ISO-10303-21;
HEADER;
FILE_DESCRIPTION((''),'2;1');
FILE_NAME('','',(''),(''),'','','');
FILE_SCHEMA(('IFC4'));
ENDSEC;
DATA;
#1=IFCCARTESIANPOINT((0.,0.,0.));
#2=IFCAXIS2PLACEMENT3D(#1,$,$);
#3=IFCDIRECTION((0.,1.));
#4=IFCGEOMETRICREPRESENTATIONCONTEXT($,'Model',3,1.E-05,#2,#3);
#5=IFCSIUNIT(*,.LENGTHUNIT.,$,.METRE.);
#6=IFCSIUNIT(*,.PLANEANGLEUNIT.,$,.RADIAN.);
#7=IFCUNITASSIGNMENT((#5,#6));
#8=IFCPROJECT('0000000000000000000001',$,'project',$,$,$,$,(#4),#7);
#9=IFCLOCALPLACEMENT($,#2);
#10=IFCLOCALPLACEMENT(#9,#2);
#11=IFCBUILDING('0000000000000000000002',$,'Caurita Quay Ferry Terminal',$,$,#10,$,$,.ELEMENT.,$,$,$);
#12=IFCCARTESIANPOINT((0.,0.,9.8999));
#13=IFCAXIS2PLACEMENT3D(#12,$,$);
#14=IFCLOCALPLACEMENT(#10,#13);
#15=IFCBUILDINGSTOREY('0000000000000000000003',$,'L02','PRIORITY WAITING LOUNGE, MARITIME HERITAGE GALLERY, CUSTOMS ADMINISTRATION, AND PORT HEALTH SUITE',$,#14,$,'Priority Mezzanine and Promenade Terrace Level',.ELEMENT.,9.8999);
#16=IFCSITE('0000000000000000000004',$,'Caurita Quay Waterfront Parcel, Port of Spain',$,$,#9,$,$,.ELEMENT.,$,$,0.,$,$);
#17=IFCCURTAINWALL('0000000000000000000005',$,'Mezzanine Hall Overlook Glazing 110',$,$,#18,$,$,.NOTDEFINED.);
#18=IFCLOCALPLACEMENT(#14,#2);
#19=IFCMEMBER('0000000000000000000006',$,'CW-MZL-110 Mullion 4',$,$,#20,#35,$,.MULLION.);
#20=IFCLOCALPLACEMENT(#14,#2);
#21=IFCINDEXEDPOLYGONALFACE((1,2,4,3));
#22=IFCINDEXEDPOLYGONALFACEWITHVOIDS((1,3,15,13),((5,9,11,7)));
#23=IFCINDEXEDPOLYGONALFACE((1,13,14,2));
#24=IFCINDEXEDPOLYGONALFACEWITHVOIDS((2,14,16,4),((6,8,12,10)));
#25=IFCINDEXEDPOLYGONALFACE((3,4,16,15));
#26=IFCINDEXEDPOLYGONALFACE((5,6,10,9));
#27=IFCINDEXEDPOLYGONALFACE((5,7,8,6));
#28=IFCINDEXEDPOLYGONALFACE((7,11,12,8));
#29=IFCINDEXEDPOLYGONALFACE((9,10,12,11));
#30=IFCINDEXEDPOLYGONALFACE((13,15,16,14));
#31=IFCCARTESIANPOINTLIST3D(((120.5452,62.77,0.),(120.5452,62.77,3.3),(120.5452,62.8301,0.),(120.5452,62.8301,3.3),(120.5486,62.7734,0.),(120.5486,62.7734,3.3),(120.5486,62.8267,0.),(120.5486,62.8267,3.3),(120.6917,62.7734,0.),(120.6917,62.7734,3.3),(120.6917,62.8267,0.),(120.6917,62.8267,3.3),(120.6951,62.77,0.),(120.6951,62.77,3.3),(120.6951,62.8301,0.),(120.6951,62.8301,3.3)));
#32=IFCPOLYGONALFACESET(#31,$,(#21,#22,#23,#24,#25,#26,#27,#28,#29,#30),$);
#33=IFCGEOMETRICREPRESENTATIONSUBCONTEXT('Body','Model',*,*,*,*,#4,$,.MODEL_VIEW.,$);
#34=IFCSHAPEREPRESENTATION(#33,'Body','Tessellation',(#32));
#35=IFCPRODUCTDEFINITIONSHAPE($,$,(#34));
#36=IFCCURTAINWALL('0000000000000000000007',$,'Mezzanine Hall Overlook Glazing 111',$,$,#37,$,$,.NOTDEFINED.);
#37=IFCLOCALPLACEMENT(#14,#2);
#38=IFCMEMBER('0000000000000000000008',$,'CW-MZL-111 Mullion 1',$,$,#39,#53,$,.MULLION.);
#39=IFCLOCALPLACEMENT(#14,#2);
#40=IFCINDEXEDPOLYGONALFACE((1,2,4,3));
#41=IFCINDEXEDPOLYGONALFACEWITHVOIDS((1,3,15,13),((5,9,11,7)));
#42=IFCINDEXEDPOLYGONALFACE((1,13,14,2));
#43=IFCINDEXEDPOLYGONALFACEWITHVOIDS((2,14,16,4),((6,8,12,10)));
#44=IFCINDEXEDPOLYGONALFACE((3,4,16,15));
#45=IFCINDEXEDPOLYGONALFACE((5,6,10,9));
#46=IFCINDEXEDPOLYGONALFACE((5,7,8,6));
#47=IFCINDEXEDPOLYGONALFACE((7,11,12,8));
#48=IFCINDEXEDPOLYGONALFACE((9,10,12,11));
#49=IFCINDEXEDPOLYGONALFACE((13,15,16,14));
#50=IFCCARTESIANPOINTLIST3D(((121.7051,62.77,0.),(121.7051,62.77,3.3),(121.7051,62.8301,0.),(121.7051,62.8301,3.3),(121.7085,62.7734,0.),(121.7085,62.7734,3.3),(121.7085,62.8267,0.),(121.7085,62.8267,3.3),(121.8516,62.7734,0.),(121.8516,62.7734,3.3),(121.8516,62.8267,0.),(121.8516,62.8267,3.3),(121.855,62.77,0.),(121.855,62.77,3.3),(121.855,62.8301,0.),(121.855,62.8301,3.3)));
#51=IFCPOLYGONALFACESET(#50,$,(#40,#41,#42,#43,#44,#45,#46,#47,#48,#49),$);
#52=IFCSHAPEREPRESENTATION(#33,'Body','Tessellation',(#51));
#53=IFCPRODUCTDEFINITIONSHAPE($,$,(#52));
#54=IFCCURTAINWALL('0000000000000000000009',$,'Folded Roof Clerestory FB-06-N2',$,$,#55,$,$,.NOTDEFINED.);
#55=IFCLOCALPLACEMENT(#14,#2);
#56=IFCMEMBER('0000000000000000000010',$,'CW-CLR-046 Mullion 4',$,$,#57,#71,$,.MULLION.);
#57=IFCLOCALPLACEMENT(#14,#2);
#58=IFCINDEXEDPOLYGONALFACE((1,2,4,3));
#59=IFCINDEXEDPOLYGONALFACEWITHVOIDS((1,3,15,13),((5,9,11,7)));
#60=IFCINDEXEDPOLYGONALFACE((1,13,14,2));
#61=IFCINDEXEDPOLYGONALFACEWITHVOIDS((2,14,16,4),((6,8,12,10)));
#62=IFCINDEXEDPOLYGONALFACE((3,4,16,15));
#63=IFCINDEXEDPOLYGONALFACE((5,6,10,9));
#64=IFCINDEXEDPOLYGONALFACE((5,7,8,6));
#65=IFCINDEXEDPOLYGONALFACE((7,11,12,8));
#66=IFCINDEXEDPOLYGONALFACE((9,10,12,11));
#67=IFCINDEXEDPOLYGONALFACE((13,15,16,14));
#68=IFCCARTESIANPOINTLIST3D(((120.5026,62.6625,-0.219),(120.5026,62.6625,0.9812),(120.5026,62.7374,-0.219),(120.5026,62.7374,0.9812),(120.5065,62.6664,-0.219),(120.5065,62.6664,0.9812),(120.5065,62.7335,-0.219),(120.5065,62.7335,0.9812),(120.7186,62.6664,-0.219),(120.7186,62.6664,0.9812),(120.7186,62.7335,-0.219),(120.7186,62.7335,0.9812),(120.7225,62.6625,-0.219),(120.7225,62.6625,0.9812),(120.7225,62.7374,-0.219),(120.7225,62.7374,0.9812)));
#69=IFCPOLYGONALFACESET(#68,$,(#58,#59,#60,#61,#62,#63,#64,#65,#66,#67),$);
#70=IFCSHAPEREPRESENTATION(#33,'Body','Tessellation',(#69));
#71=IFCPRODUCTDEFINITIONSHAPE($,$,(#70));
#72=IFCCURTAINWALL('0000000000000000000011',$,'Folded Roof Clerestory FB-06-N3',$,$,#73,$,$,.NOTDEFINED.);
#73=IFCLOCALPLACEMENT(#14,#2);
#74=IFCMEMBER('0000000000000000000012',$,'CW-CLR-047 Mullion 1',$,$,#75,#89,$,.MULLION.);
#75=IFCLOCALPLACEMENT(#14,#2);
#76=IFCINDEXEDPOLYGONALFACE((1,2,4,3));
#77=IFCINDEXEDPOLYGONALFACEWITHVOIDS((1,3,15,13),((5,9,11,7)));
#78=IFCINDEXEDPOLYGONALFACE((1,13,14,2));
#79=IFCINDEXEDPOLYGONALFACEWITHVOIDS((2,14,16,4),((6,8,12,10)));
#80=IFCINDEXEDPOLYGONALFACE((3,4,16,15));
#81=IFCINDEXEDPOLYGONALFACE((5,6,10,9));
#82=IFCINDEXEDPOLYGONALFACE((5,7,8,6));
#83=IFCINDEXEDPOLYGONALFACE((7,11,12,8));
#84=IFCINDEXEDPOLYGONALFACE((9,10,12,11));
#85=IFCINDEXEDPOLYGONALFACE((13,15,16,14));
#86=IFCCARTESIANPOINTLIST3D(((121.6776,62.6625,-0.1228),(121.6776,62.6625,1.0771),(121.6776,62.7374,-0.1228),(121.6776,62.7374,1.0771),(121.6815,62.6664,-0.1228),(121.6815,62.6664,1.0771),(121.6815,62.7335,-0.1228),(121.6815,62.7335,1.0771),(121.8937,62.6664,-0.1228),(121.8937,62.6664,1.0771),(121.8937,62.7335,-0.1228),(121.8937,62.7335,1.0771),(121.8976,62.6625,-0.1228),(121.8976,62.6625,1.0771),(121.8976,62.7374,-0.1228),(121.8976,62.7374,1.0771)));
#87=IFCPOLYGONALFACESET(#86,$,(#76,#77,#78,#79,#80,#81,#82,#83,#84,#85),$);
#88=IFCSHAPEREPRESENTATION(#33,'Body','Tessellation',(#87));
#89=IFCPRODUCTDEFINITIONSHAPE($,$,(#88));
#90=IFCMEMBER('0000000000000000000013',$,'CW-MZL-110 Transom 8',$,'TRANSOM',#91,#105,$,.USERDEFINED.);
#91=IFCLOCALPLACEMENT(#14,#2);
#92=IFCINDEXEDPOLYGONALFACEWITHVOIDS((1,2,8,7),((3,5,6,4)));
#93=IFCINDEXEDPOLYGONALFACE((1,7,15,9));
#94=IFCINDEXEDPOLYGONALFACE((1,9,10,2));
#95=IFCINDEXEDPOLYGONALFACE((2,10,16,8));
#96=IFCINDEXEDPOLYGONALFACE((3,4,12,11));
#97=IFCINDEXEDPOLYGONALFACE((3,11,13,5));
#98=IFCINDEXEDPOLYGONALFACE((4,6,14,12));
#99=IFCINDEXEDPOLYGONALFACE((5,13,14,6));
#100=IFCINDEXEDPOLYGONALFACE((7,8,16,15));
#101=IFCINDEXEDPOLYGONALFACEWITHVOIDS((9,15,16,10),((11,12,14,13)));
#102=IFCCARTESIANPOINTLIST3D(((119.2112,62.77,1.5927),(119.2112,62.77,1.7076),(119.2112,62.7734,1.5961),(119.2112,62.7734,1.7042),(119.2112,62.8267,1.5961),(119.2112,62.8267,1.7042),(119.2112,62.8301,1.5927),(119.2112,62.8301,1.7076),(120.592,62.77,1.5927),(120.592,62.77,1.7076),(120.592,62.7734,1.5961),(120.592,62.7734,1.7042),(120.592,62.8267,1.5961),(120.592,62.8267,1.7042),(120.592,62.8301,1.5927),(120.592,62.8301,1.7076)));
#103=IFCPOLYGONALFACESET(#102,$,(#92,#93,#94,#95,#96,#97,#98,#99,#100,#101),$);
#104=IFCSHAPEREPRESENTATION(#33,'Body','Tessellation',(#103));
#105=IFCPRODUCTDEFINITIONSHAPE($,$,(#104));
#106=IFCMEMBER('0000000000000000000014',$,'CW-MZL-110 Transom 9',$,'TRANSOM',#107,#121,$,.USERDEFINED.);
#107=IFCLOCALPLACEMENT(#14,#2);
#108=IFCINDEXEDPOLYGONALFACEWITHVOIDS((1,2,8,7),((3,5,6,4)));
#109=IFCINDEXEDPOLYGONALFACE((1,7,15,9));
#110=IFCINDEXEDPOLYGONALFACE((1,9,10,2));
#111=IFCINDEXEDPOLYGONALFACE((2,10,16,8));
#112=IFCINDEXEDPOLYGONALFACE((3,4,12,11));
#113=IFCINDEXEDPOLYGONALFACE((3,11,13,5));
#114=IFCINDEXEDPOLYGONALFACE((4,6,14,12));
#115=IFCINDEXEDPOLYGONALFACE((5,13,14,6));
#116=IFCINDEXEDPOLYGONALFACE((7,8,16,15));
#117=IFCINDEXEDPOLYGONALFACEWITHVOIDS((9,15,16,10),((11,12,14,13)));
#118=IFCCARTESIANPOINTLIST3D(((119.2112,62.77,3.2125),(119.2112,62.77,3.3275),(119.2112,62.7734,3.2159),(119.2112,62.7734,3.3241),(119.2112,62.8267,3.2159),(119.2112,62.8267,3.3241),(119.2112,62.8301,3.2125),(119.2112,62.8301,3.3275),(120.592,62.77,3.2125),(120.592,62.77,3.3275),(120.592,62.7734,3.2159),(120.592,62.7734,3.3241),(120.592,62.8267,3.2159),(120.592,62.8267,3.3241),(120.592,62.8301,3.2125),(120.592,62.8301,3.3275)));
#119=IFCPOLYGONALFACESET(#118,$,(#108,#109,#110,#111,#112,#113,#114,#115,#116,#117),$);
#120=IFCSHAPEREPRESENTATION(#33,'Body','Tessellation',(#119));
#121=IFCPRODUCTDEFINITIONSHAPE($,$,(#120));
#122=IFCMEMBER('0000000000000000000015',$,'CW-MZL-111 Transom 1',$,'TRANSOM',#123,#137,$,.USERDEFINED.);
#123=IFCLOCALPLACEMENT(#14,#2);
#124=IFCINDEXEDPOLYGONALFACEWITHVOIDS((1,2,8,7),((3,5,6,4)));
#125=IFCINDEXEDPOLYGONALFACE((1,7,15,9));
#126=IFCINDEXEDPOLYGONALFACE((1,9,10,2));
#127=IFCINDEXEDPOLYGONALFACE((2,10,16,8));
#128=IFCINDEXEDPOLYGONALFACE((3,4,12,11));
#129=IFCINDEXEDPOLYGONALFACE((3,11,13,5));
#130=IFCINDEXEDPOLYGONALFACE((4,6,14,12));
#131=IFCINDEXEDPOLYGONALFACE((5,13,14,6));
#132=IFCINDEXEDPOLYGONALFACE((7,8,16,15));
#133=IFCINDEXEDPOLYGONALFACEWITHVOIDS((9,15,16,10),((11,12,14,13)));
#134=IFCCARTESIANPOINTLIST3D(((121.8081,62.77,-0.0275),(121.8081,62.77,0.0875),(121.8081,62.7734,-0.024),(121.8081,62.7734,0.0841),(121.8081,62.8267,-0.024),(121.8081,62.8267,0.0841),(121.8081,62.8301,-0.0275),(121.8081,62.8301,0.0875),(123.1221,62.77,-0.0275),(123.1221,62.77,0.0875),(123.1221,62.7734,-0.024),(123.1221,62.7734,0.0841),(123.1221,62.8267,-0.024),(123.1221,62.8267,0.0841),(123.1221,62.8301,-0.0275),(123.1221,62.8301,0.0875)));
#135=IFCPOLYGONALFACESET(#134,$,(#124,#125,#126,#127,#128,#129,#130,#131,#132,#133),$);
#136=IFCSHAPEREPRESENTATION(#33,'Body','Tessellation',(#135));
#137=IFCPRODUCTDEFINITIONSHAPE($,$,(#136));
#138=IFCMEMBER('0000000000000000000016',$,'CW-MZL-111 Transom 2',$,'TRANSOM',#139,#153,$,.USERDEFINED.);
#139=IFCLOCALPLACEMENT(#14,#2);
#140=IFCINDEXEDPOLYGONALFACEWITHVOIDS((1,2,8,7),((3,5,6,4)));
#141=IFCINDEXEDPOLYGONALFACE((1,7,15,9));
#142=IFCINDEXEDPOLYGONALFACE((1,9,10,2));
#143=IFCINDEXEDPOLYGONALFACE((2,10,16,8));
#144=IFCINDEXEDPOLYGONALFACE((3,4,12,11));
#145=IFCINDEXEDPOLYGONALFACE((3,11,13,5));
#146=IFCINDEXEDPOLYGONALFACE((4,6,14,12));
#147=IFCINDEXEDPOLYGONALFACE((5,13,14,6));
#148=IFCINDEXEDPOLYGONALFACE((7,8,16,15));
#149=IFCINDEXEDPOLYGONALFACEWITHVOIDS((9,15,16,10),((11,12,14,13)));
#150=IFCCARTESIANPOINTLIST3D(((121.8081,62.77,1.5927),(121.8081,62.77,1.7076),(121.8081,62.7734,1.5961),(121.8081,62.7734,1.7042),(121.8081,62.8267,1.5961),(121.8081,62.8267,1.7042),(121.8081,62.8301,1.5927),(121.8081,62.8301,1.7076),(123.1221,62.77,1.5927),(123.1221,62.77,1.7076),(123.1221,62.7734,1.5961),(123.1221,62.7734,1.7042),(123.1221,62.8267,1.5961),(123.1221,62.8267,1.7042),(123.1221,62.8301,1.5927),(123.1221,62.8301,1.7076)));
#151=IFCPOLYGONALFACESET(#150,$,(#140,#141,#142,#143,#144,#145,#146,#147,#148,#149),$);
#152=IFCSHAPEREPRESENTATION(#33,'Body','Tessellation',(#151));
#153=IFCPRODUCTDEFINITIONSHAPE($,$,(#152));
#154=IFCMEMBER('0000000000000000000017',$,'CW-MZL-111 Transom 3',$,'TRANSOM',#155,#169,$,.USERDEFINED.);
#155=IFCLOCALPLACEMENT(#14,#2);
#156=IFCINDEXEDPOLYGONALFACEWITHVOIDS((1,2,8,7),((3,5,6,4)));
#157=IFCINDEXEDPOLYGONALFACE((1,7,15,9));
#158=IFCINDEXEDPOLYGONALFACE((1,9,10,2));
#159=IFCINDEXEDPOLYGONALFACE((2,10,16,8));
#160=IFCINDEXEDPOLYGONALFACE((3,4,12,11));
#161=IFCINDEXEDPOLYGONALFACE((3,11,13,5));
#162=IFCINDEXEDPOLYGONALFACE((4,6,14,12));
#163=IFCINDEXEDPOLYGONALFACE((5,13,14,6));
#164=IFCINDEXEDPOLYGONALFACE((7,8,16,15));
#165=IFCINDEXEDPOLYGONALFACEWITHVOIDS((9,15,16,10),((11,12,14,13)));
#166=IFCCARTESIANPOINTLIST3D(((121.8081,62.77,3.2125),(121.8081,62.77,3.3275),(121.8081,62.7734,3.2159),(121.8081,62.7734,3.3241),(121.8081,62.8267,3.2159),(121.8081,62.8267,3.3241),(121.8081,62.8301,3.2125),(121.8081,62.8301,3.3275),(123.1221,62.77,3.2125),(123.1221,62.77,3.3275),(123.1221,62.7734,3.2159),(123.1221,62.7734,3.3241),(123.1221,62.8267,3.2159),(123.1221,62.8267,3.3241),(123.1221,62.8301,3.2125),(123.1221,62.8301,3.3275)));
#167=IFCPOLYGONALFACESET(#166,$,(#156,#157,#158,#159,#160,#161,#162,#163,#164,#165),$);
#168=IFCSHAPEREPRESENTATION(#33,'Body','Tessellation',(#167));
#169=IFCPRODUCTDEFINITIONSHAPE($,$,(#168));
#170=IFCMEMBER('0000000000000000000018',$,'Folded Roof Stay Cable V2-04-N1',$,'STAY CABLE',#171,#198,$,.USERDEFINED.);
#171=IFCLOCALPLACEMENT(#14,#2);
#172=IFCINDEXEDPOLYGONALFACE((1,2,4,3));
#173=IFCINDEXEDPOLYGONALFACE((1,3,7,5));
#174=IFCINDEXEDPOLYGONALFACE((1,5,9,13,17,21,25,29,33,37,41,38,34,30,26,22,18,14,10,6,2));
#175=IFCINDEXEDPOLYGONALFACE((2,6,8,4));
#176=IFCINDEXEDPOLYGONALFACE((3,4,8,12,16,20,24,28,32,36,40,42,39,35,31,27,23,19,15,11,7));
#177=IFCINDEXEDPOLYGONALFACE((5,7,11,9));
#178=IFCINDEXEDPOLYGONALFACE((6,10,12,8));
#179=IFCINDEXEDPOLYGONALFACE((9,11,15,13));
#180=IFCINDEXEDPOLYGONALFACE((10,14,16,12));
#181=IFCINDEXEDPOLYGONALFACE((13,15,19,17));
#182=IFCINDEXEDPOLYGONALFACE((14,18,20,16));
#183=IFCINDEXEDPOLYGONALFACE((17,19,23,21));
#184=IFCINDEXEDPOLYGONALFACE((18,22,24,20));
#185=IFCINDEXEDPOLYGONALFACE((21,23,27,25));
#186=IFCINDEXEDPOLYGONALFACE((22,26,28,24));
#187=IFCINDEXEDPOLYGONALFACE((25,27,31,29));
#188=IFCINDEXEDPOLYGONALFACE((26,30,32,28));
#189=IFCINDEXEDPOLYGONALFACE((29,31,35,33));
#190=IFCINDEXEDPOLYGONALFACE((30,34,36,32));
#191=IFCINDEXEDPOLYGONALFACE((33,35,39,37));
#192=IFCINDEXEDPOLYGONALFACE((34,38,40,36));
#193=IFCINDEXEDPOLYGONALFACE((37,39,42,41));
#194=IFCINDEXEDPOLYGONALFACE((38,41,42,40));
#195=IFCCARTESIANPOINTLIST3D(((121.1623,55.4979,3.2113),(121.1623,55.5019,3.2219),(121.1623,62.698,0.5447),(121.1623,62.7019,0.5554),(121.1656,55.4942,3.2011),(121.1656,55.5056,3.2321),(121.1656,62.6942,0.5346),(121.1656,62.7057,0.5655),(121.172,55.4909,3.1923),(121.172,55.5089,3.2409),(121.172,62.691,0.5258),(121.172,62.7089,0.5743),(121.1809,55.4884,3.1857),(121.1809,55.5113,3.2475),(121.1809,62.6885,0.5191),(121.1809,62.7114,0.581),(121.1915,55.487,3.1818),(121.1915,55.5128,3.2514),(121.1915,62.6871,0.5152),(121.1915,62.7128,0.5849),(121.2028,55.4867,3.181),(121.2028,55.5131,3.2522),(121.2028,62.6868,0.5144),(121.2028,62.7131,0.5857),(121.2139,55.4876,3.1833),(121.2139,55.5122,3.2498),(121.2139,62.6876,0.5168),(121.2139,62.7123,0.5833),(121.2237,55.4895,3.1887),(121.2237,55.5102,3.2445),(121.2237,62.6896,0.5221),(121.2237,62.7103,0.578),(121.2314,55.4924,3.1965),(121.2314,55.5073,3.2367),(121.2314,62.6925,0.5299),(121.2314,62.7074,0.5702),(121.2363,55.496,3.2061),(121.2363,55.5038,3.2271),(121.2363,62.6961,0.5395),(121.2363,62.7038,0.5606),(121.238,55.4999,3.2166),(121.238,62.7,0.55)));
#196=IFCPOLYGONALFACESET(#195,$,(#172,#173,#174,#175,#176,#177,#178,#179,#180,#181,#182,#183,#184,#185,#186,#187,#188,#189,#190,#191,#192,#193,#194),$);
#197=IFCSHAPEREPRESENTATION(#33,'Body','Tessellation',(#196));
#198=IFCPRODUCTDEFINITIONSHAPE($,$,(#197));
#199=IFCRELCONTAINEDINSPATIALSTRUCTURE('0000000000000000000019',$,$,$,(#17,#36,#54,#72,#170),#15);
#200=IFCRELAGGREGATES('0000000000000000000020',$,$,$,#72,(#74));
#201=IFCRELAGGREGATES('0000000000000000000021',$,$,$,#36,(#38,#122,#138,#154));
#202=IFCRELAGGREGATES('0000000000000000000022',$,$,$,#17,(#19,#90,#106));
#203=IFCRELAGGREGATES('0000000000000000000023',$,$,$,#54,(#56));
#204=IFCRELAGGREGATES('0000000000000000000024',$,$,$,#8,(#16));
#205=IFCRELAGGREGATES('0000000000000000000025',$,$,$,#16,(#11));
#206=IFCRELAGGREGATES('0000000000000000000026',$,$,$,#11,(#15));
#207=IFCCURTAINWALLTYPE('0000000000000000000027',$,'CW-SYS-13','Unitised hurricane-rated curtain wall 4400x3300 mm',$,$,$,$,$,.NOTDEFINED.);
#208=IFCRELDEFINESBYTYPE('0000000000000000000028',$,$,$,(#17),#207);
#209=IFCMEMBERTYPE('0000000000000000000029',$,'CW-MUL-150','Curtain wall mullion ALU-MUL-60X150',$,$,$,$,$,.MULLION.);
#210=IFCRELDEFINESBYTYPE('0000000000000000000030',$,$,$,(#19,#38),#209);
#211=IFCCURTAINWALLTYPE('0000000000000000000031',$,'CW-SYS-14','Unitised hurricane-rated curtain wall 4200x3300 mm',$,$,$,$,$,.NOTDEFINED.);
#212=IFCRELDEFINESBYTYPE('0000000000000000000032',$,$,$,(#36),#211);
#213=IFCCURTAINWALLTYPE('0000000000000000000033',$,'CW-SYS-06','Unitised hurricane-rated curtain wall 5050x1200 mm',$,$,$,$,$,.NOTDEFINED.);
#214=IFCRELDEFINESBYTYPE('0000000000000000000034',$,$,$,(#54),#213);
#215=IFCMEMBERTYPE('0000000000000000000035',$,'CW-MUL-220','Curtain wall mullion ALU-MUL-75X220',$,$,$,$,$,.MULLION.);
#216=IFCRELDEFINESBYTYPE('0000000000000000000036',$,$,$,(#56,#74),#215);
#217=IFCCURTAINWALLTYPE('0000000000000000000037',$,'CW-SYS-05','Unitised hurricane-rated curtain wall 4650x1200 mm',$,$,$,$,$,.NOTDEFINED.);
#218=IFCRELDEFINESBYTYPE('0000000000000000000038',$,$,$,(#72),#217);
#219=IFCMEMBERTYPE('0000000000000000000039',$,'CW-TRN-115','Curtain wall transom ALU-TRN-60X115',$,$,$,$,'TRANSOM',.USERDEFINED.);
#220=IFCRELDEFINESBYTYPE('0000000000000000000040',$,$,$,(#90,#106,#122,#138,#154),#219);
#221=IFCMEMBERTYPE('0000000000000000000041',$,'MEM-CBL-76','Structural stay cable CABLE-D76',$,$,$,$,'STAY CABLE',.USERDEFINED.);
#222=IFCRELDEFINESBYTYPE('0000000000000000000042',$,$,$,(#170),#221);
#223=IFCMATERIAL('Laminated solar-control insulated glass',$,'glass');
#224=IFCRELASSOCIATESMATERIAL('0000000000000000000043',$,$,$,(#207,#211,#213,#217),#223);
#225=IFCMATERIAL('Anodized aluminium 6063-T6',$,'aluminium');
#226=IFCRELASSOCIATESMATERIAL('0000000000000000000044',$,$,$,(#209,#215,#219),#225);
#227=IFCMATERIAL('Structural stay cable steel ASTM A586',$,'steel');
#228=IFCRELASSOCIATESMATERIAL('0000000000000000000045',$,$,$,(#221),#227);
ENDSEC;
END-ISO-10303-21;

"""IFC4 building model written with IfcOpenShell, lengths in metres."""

from ifc_helpers import new_model, si_unit, direction, frame, origin, origin_2d, place, context, subcontext, project, spatial, hollow_rectangle, circle, extrude, material, material_profile, profile_set, type_object, element, aggregate, save


model = new_model("IFC4")

# Units and contexts
model_context = context("Model", 3, precision=1e-05, world=origin(), true_north=direction((0.0, 1.0)))
body_context = subcontext(model_context, "Body", "Model", "MODEL_VIEW")
ifc_project = project(units=[si_unit("LENGTHUNIT", "METRE"), si_unit("PLANEANGLEUNIT", "RADIAN")], contexts=[model_context])

# Site, building, storey
site_placement = place(None, origin())
site = spatial("IfcSite", under=ifc_project, at=site_placement, Name="Caurita Quay Waterfront Parcel, Port of Spain", CompositionType="ELEMENT", RefElevation=0.0)
building_placement = place(site_placement, origin())
building = spatial("IfcBuilding", under=site, at=building_placement, Name="Caurita Quay Ferry Terminal", CompositionType="ELEMENT")
storey_placement = place(building_placement, frame((0.0, 0.0, 9.8999)))
storey = spatial("IfcBuildingStorey", under=building, at=storey_placement, Name="L02", Description="PRIORITY WAITING LOUNGE, MARITIME HERITAGE GALLERY, CUSTOMS ADMINISTRATION, AND PORT HEALTH SUITE", LongName="Priority Mezzanine and Promenade Terrace Level", CompositionType="ELEMENT", Elevation=9.8999)

# Curtain walls, members
ifc_material_1 = material(Name="Laminated solar-control insulated glass", Category="glass")
curtain_wall_type_1 = type_object("IfcCurtainWallType", Name="CW-SYS-13", Description="Unitised hurricane-rated curtain wall 4400x3300 mm", PredefinedType="NOTDEFINED", material=ifc_material_1)
curtain_wall_1_placement = place(storey_placement, origin())
curtain_wall_1 = element("IfcCurtainWall", 1, at=curtain_wall_1_placement, inside=storey, type_object=curtain_wall_type_1, Name="Mezzanine Hall Overlook Glazing 110", PredefinedType="NOTDEFINED")
ifc_material_2 = material(Name="Anodized aluminium 6063-T6", Category="aluminium")
ifc_material_profile_1 = material_profile(ifc_material_2, hollow_rectangle(XDim=0.0601, YDim=0.1499, WallThickness=0.0034, at=origin_2d()), Name="ALU-MUL-60X150")
ifc_profile_set_1 = profile_set([ifc_material_profile_1], Name="Anodized aluminium 6063-T6")
member_type_1 = type_object("IfcMemberType", Name="CW-MUL-150", Description="Curtain wall mullion ALU-MUL-60X150", PredefinedType="MULLION", material=ifc_profile_set_1)
member_1_placement = place(storey_placement, frame((120.6201, 62.8, 0.0), z_axis=(0.0, 0.0, 1.0), x_axis=(0.0, 1.0, 0.0)))
member_1 = element("IfcMember", 2, at=member_1_placement, type_object=member_type_1, Name="CW-MZL-110 Mullion 4", PredefinedType="MULLION", context=body_context, shape_type="SweptSolid", body=[
    extrude(hollow_rectangle(XDim=0.0601, YDim=0.1499, WallThickness=0.0034, at=origin_2d()), origin(), (0.0, 0.0, 1.0), 3.3),
])
curtain_wall_type_2 = type_object("IfcCurtainWallType", Name="CW-SYS-14", Description="Unitised hurricane-rated curtain wall 4200x3300 mm", PredefinedType="NOTDEFINED", material=ifc_material_1)
curtain_wall_2_placement = place(storey_placement, origin())
curtain_wall_2 = element("IfcCurtainWall", 3, at=curtain_wall_2_placement, inside=storey, type_object=curtain_wall_type_2, Name="Mezzanine Hall Overlook Glazing 111", PredefinedType="NOTDEFINED")
member_2_placement = place(storey_placement, frame((121.78, 62.8, 0.0), z_axis=(0.0, 0.0, 1.0), x_axis=(0.0, 1.0, 0.0)))
member_2 = element("IfcMember", 4, at=member_2_placement, type_object=member_type_1, Name="CW-MZL-111 Mullion 1", PredefinedType="MULLION", context=body_context, shape_type="SweptSolid", body=[
    extrude(hollow_rectangle(XDim=0.0601, YDim=0.1499, WallThickness=0.0034, at=origin_2d()), origin(), (0.0, 0.0, 1.0), 3.3),
])
curtain_wall_type_3 = type_object("IfcCurtainWallType", Name="CW-SYS-06", Description="Unitised hurricane-rated curtain wall 5050x1200 mm", PredefinedType="NOTDEFINED", material=ifc_material_1)
curtain_wall_3_placement = place(storey_placement, origin())
curtain_wall_3 = element("IfcCurtainWall", 5, at=curtain_wall_3_placement, inside=storey, type_object=curtain_wall_type_3, Name="Folded Roof Clerestory FB-06-N2", PredefinedType="NOTDEFINED")
ifc_material_profile_2 = material_profile(ifc_material_2, hollow_rectangle(XDim=0.075, YDim=0.22, WallThickness=0.0039, at=origin_2d()), Name="ALU-MUL-75X220")
ifc_profile_set_2 = profile_set([ifc_material_profile_2], Name="Anodized aluminium 6063-T6")
member_type_2 = type_object("IfcMemberType", Name="CW-MUL-220", Description="Curtain wall mullion ALU-MUL-75X220", PredefinedType="MULLION", material=ifc_profile_set_2)
member_3_placement = place(storey_placement, frame((120.6125, 62.7, -0.219), z_axis=(0.0, 0.0, 1.0), x_axis=(0.0, 1.0, 0.0)))
member_3 = element("IfcMember", 6, at=member_3_placement, type_object=member_type_2, Name="CW-CLR-046 Mullion 4", PredefinedType="MULLION", context=body_context, shape_type="SweptSolid", body=[
    extrude(hollow_rectangle(XDim=0.075, YDim=0.22, WallThickness=0.0039, at=origin_2d()), origin(), (0.0, 0.0, 1.0), 1.2002),
])
curtain_wall_type_4 = type_object("IfcCurtainWallType", Name="CW-SYS-05", Description="Unitised hurricane-rated curtain wall 4650x1200 mm", PredefinedType="NOTDEFINED", material=ifc_material_1)
curtain_wall_4_placement = place(storey_placement, origin())
curtain_wall_4 = element("IfcCurtainWall", 7, at=curtain_wall_4_placement, inside=storey, type_object=curtain_wall_type_4, Name="Folded Roof Clerestory FB-06-N3", PredefinedType="NOTDEFINED")
member_4_placement = place(storey_placement, frame((121.7876, 62.7, -0.1228), z_axis=(0.0, 0.0, 1.0), x_axis=(0.0, 1.0, 0.0)))
member_4 = element("IfcMember", 8, at=member_4_placement, type_object=member_type_2, Name="CW-CLR-047 Mullion 1", PredefinedType="MULLION", context=body_context, shape_type="SweptSolid", body=[
    extrude(hollow_rectangle(XDim=0.075, YDim=0.22, WallThickness=0.0039, at=origin_2d()), origin(), (0.0, 0.0, 1.0), 1.2),
])
aggregate(curtain_wall_4, [member_4])

# Members
ifc_material_profile_3 = material_profile(ifc_material_2, hollow_rectangle(XDim=0.0601, YDim=0.115, WallThickness=0.0034, at=origin_2d()), Name="ALU-TRN-60X115")
ifc_profile_set_3 = profile_set([ifc_material_profile_3], Name="Anodized aluminium 6063-T6")
member_type_3 = type_object("IfcMemberType", Name="CW-TRN-115", Description="Curtain wall transom ALU-TRN-60X115", ElementType="TRANSOM", PredefinedType="USERDEFINED", material=ifc_profile_set_3)
member_5_placement = place(storey_placement, frame((119.2112, 62.8, 1.6501), z_axis=(1.0, 0.0, 0.0), x_axis=(0.0, 1.0, 0.0)))
member_5 = element("IfcMember", 9, at=member_5_placement, type_object=member_type_3, Name="CW-MZL-110 Transom 8", ObjectType="TRANSOM", PredefinedType="USERDEFINED", context=body_context, shape_type="SweptSolid", body=[
    extrude(hollow_rectangle(XDim=0.0601, YDim=0.115, WallThickness=0.0034, at=origin_2d()), origin(), (0.0, 0.0, 1.0), 1.3809),
])
member_6_placement = place(storey_placement, frame((119.2112, 62.8, 3.27), z_axis=(1.0, 0.0, 0.0), x_axis=(0.0, 1.0, 0.0)))
member_6 = element("IfcMember", 10, at=member_6_placement, type_object=member_type_3, Name="CW-MZL-110 Transom 9", ObjectType="TRANSOM", PredefinedType="USERDEFINED", context=body_context, shape_type="SweptSolid", body=[
    extrude(hollow_rectangle(XDim=0.0601, YDim=0.115, WallThickness=0.0034, at=origin_2d()), origin(), (0.0, 0.0, 1.0), 1.3809),
])
member_7_placement = place(storey_placement, frame((121.8081, 62.8, 0.03), z_axis=(1.0, 0.0, 0.0), x_axis=(0.0, 1.0, 0.0)))
member_7 = element("IfcMember", 11, at=member_7_placement, type_object=member_type_3, Name="CW-MZL-111 Transom 1", ObjectType="TRANSOM", PredefinedType="USERDEFINED", context=body_context, shape_type="SweptSolid", body=[
    extrude(hollow_rectangle(XDim=0.0601, YDim=0.115, WallThickness=0.0034, at=origin_2d()), origin(), (0.0, 0.0, 1.0), 1.314),
])
member_8_placement = place(storey_placement, frame((121.8081, 62.8, 1.6501), z_axis=(1.0, 0.0, 0.0), x_axis=(0.0, 1.0, 0.0)))
member_8 = element("IfcMember", 12, at=member_8_placement, type_object=member_type_3, Name="CW-MZL-111 Transom 2", ObjectType="TRANSOM", PredefinedType="USERDEFINED", context=body_context, shape_type="SweptSolid", body=[
    extrude(hollow_rectangle(XDim=0.0601, YDim=0.115, WallThickness=0.0034, at=origin_2d()), origin(), (0.0, 0.0, 1.0), 1.314),
])
member_9_placement = place(storey_placement, frame((121.8081, 62.8, 3.27), z_axis=(1.0, 0.0, 0.0), x_axis=(0.0, 1.0, 0.0)))
member_9 = element("IfcMember", 13, at=member_9_placement, type_object=member_type_3, Name="CW-MZL-111 Transom 3", ObjectType="TRANSOM", PredefinedType="USERDEFINED", context=body_context, shape_type="SweptSolid", body=[
    extrude(hollow_rectangle(XDim=0.0601, YDim=0.115, WallThickness=0.0034, at=origin_2d()), origin(), (0.0, 0.0, 1.0), 1.314),
])
aggregate(curtain_wall_2, [member_2, member_7, member_8, member_9])

# Member
ifc_material_3 = material(Name="Structural stay cable steel ASTM A586", Category="steel")
ifc_material_profile_4 = material_profile(ifc_material_3, circle(Radius=0.0381, at=origin_2d()), Name="CABLE-D76")
ifc_profile_set_4 = profile_set([ifc_material_profile_4], Name="Structural stay cable steel ASTM A586")
member_type_4 = type_object("IfcMemberType", Name="MEM-CBL-76", Description="Structural stay cable CABLE-D76", ElementType="STAY CABLE", PredefinedType="USERDEFINED", material=ifc_profile_set_4)
member_10_placement = place(storey_placement, frame((121.2, 62.7, 0.55), z_axis=(0.0, -0.937755, 0.347298), x_axis=(1.0, 0.0, 0.0)))
element("IfcMember", 14, at=member_10_placement, inside=storey, type_object=member_type_4, Name="Folded Roof Stay Cable V2-04-N1", ObjectType="STAY CABLE", PredefinedType="USERDEFINED", context=body_context, shape_type="SweptSolid", body=[
    extrude(circle(Radius=0.0381, at=origin_2d()), origin(), (0.0, 0.0, 1.0), 7.678),
])

aggregate(curtain_wall_1, [member_1, member_5, member_6])
aggregate(curtain_wall_3, [member_3])

save(model, "model.ifc")
